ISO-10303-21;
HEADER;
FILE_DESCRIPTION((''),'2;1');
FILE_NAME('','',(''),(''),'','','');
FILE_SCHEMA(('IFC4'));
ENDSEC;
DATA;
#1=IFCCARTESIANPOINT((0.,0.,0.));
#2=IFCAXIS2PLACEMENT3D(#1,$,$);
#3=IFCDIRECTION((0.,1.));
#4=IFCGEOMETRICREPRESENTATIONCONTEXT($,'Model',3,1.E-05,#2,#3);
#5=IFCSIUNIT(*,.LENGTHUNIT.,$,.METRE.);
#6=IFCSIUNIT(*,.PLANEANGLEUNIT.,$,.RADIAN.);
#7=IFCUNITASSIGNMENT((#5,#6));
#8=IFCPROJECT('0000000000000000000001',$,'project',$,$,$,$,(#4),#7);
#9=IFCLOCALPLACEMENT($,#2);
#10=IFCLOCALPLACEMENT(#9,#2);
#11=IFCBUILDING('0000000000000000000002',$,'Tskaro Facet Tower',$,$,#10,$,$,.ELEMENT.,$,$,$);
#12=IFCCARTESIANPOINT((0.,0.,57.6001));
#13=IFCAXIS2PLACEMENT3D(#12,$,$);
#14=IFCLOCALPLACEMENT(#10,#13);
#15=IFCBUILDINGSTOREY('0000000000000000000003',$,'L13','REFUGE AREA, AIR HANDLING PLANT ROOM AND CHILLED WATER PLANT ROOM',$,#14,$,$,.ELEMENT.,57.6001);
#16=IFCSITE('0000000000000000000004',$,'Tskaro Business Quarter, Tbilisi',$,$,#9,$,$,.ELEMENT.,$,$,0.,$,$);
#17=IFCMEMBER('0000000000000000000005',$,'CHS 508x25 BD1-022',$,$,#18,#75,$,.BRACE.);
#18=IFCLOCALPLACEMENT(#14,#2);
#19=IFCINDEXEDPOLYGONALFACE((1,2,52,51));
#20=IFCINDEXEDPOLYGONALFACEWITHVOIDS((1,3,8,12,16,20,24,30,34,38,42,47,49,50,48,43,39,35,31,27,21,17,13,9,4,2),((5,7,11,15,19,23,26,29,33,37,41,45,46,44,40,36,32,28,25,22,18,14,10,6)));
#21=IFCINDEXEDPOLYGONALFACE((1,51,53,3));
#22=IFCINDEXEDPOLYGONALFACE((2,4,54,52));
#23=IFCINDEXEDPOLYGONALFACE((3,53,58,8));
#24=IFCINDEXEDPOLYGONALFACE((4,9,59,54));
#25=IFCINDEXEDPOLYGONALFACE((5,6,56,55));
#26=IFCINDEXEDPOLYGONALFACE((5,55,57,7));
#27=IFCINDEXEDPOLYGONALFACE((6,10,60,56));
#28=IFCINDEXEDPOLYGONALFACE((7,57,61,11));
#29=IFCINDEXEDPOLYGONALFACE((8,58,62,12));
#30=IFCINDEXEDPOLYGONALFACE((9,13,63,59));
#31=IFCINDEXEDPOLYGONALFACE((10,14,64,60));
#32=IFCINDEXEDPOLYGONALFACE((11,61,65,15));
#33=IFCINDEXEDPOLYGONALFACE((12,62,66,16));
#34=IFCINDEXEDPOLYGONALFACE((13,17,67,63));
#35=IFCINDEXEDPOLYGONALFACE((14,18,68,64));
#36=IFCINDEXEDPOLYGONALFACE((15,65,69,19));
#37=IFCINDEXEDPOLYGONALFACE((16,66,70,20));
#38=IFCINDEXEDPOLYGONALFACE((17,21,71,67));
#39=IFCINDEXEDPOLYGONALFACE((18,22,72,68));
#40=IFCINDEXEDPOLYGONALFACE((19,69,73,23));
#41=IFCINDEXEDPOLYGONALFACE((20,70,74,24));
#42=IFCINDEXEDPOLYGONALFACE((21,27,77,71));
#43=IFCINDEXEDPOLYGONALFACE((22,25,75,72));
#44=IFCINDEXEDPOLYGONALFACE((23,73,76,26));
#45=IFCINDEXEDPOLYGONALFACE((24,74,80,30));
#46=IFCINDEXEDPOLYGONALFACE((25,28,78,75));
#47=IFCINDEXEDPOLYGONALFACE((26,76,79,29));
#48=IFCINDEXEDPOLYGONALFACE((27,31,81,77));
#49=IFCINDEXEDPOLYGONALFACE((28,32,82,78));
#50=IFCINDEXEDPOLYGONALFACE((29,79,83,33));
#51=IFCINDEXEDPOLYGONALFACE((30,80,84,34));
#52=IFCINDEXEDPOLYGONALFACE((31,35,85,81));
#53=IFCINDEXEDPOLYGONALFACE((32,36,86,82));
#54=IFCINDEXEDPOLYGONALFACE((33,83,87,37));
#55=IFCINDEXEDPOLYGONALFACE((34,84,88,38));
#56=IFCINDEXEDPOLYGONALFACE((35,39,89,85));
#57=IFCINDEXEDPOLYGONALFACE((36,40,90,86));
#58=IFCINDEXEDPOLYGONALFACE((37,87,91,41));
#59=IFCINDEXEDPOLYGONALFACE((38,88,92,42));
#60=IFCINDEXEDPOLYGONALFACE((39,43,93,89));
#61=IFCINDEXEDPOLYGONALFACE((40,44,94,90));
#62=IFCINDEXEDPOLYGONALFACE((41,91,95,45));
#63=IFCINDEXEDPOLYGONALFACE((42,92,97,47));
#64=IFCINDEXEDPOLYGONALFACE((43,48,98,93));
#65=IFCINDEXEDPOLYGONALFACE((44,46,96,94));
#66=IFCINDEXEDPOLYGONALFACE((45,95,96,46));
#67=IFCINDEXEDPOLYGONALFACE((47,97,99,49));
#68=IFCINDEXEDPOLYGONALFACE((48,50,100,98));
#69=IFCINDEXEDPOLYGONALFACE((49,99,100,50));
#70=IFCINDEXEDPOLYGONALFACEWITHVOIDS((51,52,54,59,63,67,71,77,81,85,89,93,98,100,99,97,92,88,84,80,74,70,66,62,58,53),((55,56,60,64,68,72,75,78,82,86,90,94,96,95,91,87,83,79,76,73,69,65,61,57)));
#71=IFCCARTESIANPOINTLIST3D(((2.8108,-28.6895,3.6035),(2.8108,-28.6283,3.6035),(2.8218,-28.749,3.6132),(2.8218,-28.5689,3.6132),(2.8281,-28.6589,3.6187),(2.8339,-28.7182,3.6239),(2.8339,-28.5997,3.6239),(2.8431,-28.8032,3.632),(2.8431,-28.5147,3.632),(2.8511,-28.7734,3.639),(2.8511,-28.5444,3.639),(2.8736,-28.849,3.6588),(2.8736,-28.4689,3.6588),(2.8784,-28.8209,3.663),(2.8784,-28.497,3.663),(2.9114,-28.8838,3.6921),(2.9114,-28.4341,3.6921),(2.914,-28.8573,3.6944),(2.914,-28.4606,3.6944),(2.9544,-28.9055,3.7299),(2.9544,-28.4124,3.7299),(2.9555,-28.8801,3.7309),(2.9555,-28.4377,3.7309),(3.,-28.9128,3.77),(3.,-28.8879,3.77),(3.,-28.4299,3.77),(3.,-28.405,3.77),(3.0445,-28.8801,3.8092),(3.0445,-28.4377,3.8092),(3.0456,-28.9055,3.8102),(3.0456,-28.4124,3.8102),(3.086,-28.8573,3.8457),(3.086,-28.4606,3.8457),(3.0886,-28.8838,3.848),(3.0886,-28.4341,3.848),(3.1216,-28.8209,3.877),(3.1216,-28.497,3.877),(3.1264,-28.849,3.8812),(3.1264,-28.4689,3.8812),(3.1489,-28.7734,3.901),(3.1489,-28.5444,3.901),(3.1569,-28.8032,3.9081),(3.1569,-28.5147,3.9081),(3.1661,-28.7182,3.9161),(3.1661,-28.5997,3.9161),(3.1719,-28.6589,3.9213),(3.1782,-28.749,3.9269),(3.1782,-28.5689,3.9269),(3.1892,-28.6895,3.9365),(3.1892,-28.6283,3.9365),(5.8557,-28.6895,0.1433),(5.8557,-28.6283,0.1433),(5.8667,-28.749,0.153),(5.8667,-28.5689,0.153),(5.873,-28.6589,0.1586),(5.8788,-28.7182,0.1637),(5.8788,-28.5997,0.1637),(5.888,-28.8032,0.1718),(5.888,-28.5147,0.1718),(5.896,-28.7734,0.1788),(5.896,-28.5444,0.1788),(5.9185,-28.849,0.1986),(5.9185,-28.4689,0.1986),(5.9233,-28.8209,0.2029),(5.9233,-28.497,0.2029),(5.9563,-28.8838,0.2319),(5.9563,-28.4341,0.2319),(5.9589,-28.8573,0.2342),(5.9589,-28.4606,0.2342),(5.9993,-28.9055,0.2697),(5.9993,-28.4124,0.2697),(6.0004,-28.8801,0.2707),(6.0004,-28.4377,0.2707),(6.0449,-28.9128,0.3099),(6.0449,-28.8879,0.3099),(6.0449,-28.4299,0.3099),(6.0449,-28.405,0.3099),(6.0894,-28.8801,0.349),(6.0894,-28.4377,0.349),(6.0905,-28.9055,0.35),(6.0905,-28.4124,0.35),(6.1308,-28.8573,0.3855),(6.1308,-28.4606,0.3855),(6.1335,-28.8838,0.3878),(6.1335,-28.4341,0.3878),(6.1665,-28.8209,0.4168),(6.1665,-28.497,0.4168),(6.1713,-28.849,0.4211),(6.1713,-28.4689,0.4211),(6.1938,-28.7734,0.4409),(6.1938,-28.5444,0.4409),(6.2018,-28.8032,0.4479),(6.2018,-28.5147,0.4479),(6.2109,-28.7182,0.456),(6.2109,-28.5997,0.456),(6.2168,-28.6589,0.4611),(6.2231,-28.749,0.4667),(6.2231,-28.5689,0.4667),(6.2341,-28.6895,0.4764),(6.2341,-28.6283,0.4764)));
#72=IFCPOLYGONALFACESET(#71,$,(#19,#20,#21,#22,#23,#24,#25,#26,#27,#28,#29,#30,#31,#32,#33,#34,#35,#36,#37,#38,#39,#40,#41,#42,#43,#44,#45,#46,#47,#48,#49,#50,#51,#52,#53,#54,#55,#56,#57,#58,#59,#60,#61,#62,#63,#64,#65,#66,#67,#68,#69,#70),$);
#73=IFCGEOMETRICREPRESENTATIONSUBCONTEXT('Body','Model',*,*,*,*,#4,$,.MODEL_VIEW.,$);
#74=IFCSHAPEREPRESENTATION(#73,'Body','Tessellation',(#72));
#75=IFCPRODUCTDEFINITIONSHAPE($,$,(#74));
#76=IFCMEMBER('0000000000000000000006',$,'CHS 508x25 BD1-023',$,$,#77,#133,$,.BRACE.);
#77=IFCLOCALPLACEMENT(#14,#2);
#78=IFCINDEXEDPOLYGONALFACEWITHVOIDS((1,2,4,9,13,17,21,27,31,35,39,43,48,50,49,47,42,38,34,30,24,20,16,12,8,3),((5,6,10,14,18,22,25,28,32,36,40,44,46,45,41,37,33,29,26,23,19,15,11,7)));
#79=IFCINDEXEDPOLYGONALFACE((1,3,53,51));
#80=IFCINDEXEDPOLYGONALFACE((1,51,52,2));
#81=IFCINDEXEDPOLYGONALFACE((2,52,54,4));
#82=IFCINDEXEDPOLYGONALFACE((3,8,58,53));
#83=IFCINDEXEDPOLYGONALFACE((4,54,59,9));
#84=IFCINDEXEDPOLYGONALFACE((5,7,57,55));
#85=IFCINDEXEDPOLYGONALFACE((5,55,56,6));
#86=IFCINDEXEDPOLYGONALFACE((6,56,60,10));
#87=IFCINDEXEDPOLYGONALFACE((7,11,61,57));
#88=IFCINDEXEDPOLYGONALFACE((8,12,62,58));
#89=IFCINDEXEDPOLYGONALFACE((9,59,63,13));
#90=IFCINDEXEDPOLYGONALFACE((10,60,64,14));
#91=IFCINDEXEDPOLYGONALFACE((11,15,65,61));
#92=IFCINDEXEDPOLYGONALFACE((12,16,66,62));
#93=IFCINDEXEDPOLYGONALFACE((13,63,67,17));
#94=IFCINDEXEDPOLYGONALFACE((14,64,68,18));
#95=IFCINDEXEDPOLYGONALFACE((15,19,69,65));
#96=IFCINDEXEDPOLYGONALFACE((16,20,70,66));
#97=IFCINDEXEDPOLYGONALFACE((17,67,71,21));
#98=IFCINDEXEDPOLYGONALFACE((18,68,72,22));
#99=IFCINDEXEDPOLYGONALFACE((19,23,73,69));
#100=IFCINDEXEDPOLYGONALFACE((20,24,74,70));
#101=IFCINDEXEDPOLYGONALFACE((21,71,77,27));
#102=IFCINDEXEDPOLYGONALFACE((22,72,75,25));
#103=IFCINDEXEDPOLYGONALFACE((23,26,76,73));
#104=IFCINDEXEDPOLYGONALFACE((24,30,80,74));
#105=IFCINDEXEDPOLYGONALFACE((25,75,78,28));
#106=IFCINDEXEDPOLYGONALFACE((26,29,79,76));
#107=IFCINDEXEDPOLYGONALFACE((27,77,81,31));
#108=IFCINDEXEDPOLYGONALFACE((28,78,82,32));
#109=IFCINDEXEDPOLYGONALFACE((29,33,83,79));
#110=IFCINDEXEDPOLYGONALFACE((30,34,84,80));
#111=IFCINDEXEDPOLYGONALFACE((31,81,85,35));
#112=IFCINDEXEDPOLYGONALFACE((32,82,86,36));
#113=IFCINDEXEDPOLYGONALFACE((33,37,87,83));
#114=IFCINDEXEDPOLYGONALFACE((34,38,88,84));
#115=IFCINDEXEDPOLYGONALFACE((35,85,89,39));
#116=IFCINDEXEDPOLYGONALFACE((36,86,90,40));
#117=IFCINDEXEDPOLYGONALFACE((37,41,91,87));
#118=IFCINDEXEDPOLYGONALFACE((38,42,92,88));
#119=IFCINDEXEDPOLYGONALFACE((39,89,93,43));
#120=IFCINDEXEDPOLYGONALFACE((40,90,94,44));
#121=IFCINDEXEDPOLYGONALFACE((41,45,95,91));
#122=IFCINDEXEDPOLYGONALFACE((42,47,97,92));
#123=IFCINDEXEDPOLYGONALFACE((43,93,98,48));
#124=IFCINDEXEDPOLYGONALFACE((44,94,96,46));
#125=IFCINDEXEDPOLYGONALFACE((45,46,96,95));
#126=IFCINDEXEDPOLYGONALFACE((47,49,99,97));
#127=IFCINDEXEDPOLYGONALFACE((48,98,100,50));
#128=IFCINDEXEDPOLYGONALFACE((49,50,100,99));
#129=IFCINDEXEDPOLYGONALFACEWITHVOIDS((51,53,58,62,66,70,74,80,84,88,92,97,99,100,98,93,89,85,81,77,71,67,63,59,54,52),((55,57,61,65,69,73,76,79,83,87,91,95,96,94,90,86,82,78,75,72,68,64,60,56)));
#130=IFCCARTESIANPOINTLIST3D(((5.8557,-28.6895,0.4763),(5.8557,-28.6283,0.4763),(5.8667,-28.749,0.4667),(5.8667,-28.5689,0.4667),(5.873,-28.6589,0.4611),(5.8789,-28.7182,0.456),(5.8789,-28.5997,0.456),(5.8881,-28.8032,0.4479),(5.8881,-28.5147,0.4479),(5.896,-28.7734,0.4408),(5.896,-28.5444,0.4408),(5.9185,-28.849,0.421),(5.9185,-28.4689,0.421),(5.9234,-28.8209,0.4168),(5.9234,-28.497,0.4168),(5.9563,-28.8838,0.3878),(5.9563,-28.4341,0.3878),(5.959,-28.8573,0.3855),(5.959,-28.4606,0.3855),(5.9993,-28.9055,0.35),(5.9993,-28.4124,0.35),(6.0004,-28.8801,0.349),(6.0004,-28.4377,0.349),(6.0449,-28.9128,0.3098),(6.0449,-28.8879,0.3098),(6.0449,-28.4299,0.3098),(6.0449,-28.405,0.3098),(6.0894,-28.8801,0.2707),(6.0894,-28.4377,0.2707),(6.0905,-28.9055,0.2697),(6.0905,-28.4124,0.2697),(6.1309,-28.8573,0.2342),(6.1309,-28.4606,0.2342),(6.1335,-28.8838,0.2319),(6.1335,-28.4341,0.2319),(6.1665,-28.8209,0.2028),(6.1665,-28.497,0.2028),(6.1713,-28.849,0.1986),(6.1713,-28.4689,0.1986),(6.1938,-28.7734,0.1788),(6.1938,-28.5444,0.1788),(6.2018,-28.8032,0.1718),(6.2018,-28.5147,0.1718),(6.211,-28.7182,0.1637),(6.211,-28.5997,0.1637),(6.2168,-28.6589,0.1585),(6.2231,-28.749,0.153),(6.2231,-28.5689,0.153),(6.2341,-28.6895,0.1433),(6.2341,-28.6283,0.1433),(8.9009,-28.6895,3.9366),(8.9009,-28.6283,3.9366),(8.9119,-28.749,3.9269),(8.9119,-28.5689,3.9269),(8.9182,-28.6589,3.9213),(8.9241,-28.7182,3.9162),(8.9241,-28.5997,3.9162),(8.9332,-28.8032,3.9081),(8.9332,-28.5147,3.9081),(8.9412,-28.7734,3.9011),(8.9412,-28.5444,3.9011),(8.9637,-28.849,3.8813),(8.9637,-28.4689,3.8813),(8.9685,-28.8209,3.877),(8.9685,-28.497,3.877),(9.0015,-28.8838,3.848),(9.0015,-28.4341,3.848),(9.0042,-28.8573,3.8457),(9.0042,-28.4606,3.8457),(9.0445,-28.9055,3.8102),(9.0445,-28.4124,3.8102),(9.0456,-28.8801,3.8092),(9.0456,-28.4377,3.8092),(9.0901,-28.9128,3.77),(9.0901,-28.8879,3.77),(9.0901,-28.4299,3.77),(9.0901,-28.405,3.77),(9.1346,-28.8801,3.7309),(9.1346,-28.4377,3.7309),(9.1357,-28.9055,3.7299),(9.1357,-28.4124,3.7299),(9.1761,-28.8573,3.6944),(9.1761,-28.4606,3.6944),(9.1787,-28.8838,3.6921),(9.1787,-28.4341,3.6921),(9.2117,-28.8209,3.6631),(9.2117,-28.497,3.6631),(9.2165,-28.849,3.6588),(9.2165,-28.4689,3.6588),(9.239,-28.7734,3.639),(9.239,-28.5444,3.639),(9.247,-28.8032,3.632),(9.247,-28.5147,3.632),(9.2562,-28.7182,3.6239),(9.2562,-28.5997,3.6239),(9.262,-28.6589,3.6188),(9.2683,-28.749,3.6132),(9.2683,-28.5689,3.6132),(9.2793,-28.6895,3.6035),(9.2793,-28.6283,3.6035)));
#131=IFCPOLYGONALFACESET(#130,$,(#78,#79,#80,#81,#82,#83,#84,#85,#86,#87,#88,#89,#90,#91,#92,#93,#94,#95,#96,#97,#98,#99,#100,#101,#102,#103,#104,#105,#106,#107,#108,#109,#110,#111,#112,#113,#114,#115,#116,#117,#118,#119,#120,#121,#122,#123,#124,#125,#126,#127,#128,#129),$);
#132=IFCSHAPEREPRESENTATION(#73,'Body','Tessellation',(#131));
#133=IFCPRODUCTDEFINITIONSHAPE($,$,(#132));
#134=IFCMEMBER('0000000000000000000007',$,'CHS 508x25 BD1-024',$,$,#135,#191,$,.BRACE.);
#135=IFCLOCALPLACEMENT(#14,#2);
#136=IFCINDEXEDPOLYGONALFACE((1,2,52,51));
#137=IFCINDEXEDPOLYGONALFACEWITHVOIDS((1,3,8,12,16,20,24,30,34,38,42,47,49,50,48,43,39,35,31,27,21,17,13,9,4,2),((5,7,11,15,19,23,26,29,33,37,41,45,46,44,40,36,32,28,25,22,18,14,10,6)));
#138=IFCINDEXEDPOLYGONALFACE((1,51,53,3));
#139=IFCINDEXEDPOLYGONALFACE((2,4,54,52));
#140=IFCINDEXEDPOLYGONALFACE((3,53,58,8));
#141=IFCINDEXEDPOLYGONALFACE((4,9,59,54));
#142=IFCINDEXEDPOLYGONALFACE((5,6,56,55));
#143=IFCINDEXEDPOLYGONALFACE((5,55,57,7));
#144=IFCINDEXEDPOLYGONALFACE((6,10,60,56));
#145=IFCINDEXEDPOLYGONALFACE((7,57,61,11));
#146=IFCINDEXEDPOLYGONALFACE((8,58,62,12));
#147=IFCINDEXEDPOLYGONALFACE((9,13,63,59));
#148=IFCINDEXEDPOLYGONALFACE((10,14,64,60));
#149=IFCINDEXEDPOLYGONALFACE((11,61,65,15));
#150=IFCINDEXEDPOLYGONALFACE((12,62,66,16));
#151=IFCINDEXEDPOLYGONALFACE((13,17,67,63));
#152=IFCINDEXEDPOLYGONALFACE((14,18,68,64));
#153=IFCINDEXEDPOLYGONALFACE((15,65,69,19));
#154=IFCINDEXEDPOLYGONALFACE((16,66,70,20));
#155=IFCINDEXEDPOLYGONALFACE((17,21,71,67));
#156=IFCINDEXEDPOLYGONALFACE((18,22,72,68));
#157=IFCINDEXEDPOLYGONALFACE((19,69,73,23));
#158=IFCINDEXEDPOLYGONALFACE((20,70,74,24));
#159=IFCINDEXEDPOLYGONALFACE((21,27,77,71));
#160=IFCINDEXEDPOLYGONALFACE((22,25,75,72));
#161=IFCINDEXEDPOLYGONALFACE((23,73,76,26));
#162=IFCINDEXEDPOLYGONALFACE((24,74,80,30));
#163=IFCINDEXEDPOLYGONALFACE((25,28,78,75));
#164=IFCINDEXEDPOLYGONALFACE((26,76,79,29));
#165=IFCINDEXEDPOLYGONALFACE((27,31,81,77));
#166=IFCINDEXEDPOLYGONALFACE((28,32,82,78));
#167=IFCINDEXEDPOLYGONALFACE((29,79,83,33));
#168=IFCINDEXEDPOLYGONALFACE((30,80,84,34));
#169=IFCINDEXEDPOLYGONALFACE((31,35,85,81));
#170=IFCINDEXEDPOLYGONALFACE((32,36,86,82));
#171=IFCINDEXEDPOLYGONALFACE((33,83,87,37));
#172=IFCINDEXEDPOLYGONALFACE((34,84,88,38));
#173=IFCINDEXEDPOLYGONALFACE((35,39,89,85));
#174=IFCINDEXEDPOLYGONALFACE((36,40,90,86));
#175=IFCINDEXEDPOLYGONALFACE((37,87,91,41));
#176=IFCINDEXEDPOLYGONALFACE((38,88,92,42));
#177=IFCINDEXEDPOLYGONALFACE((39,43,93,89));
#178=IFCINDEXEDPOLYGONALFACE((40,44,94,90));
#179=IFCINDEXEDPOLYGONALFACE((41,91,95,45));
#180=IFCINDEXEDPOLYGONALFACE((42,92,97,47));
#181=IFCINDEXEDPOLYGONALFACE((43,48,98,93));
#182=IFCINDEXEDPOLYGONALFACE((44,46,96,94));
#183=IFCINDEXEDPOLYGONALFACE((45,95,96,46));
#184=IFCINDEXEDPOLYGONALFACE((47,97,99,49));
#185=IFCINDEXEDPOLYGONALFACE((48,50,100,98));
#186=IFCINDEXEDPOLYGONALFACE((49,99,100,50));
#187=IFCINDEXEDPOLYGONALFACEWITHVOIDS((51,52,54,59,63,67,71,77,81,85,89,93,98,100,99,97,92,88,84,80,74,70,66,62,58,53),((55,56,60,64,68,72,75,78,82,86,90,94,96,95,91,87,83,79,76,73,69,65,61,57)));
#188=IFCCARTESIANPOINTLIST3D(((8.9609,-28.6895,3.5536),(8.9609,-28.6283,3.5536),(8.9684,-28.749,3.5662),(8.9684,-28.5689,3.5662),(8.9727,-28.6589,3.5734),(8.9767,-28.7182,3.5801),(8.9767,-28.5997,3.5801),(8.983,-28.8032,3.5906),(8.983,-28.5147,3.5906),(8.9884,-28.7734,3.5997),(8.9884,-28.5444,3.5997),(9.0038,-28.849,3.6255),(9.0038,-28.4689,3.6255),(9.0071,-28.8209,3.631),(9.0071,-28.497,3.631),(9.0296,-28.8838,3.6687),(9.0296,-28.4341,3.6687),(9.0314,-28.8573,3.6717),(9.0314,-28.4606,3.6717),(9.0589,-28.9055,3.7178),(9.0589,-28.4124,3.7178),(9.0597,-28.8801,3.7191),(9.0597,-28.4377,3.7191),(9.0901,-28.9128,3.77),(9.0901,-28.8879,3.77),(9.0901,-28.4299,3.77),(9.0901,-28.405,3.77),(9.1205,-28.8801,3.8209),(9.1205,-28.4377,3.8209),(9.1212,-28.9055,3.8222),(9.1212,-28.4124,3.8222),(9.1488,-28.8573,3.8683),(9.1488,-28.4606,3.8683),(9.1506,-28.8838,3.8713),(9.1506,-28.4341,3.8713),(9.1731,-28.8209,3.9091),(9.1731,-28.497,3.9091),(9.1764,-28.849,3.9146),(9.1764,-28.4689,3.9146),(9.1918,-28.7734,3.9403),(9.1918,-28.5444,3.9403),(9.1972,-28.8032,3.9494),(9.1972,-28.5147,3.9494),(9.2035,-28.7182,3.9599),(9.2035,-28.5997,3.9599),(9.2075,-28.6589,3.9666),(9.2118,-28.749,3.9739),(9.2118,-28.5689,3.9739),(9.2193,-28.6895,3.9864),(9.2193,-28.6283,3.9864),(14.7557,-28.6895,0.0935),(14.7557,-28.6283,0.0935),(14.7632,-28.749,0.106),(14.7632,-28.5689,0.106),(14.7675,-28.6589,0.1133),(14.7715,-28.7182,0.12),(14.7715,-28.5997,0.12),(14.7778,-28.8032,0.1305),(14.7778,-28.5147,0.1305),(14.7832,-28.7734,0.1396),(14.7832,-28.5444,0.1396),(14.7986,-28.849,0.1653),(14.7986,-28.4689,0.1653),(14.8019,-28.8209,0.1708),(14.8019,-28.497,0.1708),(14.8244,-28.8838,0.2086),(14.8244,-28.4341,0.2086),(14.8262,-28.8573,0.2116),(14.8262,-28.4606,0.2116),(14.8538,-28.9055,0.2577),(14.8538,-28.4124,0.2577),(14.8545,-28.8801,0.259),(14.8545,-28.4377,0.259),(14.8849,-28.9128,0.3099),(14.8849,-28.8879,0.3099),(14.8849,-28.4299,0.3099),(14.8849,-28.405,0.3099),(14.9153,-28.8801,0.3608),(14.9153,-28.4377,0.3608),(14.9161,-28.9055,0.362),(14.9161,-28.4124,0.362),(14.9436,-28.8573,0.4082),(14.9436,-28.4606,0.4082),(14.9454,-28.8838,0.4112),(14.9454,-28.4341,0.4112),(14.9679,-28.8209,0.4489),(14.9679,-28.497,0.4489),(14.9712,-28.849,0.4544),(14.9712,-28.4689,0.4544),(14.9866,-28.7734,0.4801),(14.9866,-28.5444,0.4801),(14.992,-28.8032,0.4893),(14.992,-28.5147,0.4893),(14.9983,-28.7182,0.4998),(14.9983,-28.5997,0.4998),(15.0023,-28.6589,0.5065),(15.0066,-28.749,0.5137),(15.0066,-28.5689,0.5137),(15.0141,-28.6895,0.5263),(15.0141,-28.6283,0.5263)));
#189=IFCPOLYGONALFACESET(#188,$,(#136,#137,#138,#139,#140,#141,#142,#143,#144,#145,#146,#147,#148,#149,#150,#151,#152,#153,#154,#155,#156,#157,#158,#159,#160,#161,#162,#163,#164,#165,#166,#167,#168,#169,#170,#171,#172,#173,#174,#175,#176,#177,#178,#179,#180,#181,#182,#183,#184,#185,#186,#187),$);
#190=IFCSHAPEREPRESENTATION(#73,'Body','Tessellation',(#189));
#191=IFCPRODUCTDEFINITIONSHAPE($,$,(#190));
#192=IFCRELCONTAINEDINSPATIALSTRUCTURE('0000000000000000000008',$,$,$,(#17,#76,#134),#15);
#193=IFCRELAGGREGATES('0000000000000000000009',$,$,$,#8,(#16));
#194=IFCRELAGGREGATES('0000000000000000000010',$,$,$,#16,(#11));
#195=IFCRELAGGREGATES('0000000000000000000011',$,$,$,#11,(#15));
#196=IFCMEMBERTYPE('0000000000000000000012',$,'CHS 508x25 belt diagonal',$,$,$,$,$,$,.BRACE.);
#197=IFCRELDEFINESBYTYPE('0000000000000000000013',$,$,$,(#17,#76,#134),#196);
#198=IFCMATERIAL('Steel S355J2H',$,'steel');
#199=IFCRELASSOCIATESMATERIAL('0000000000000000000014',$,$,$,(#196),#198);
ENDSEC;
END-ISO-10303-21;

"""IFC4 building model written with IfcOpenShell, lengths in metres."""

from ifc_helpers import new_model, si_unit, direction, frame, origin, origin_2d, place, context, subcontext, project, spatial, hollow_circle, extrude, material, material_profile, profile_set, type_object, element, save


model = new_model("IFC4")

# Units and contexts
model_context = context("Model", 3, precision=1e-05, world=origin(), true_north=direction((0.0, 1.0)))
body_context = subcontext(model_context, "Body", "Model", "MODEL_VIEW")
ifc_project = project(units=[si_unit("LENGTHUNIT", "METRE"), si_unit("PLANEANGLEUNIT", "RADIAN")], contexts=[model_context])

# Site, building, storey
site_placement = place(None, origin())
site = spatial("IfcSite", under=ifc_project, at=site_placement, Name="Tskaro Business Quarter, Tbilisi", CompositionType="ELEMENT", RefElevation=0.0)
building_placement = place(site_placement, origin())
building = spatial("IfcBuilding", under=site, at=building_placement, Name="Tskaro Facet Tower", CompositionType="ELEMENT")
storey_placement = place(building_placement, frame((0.0, 0.0, 57.6001)))
storey = spatial("IfcBuildingStorey", under=building, at=storey_placement, Name="L13", Description="REFUGE AREA, AIR HANDLING PLANT ROOM AND CHILLED WATER PLANT ROOM", CompositionType="ELEMENT", Elevation=57.6001)

# Shared definitions
ifc_material_1 = material(Name="Steel S355J2H", Category="steel")

# Members
ifc_material_profile_1 = material_profile(ifc_material_1, hollow_circle(Radius=0.2539, WallThickness=0.0249, at=origin_2d()), Name="CHS 508x25")
ifc_profile_set_1 = profile_set([ifc_material_profile_1], Name="Steel S355J2H")
member_type_1 = type_object("IfcMemberType", Name="CHS 508x25 belt diagonal", PredefinedType="BRACE", material=ifc_profile_set_1)
member_1_placement = place(storey_placement, frame((3.0, -28.6589, 3.77), z_axis=(0.660621, 0.0, -0.75072), x_axis=(0.0, 1.0, 0.0)))
element("IfcMember", 1, at=member_1_placement, inside=storey, type_object=member_type_1, Name="CHS 508x25 BD1-022", PredefinedType="BRACE", context=body_context, shape_type="SweptSolid", body=[
    extrude(hollow_circle(Radius=0.2539, WallThickness=0.0249, at=origin_2d()), origin(), (0.0, 0.0, 1.0), 4.6091),
])
member_2_placement = place(storey_placement, frame((6.0449, -28.6589, 0.3098), z_axis=(0.660651, 0.0, 0.750694), x_axis=(0.0, 1.0, 0.0)))
element("IfcMember", 2, at=member_2_placement, inside=storey, type_object=member_type_1, Name="CHS 508x25 BD1-023", PredefinedType="BRACE", context=body_context, shape_type="SweptSolid", body=[
    extrude(hollow_circle(Radius=0.2539, WallThickness=0.0249, at=origin_2d()), origin(), (0.0, 0.0, 1.0), 4.6094),
])
for number, where, z_axis, x_axis, name in (
    (3, (9.0901, -28.6589, 3.77), (0.858586, 0.0, -0.51267), (0.0, 1.0, 0.0), "CHS 508x25 BD1-024"),
):
    element("IfcMember", number, at=place(storey_placement, frame(where, z_axis=z_axis, x_axis=x_axis)), inside=storey, type_object=member_type_1, Name=name, PredefinedType="BRACE", context=body_context, shape_type="SweptSolid", body=[
        extrude(hollow_circle(Radius=0.2539, WallThickness=0.0249, at=origin_2d()), origin(), (0.0, 0.0, 1.0), 6.7493),
    ])

save(model, "model.ifc")
